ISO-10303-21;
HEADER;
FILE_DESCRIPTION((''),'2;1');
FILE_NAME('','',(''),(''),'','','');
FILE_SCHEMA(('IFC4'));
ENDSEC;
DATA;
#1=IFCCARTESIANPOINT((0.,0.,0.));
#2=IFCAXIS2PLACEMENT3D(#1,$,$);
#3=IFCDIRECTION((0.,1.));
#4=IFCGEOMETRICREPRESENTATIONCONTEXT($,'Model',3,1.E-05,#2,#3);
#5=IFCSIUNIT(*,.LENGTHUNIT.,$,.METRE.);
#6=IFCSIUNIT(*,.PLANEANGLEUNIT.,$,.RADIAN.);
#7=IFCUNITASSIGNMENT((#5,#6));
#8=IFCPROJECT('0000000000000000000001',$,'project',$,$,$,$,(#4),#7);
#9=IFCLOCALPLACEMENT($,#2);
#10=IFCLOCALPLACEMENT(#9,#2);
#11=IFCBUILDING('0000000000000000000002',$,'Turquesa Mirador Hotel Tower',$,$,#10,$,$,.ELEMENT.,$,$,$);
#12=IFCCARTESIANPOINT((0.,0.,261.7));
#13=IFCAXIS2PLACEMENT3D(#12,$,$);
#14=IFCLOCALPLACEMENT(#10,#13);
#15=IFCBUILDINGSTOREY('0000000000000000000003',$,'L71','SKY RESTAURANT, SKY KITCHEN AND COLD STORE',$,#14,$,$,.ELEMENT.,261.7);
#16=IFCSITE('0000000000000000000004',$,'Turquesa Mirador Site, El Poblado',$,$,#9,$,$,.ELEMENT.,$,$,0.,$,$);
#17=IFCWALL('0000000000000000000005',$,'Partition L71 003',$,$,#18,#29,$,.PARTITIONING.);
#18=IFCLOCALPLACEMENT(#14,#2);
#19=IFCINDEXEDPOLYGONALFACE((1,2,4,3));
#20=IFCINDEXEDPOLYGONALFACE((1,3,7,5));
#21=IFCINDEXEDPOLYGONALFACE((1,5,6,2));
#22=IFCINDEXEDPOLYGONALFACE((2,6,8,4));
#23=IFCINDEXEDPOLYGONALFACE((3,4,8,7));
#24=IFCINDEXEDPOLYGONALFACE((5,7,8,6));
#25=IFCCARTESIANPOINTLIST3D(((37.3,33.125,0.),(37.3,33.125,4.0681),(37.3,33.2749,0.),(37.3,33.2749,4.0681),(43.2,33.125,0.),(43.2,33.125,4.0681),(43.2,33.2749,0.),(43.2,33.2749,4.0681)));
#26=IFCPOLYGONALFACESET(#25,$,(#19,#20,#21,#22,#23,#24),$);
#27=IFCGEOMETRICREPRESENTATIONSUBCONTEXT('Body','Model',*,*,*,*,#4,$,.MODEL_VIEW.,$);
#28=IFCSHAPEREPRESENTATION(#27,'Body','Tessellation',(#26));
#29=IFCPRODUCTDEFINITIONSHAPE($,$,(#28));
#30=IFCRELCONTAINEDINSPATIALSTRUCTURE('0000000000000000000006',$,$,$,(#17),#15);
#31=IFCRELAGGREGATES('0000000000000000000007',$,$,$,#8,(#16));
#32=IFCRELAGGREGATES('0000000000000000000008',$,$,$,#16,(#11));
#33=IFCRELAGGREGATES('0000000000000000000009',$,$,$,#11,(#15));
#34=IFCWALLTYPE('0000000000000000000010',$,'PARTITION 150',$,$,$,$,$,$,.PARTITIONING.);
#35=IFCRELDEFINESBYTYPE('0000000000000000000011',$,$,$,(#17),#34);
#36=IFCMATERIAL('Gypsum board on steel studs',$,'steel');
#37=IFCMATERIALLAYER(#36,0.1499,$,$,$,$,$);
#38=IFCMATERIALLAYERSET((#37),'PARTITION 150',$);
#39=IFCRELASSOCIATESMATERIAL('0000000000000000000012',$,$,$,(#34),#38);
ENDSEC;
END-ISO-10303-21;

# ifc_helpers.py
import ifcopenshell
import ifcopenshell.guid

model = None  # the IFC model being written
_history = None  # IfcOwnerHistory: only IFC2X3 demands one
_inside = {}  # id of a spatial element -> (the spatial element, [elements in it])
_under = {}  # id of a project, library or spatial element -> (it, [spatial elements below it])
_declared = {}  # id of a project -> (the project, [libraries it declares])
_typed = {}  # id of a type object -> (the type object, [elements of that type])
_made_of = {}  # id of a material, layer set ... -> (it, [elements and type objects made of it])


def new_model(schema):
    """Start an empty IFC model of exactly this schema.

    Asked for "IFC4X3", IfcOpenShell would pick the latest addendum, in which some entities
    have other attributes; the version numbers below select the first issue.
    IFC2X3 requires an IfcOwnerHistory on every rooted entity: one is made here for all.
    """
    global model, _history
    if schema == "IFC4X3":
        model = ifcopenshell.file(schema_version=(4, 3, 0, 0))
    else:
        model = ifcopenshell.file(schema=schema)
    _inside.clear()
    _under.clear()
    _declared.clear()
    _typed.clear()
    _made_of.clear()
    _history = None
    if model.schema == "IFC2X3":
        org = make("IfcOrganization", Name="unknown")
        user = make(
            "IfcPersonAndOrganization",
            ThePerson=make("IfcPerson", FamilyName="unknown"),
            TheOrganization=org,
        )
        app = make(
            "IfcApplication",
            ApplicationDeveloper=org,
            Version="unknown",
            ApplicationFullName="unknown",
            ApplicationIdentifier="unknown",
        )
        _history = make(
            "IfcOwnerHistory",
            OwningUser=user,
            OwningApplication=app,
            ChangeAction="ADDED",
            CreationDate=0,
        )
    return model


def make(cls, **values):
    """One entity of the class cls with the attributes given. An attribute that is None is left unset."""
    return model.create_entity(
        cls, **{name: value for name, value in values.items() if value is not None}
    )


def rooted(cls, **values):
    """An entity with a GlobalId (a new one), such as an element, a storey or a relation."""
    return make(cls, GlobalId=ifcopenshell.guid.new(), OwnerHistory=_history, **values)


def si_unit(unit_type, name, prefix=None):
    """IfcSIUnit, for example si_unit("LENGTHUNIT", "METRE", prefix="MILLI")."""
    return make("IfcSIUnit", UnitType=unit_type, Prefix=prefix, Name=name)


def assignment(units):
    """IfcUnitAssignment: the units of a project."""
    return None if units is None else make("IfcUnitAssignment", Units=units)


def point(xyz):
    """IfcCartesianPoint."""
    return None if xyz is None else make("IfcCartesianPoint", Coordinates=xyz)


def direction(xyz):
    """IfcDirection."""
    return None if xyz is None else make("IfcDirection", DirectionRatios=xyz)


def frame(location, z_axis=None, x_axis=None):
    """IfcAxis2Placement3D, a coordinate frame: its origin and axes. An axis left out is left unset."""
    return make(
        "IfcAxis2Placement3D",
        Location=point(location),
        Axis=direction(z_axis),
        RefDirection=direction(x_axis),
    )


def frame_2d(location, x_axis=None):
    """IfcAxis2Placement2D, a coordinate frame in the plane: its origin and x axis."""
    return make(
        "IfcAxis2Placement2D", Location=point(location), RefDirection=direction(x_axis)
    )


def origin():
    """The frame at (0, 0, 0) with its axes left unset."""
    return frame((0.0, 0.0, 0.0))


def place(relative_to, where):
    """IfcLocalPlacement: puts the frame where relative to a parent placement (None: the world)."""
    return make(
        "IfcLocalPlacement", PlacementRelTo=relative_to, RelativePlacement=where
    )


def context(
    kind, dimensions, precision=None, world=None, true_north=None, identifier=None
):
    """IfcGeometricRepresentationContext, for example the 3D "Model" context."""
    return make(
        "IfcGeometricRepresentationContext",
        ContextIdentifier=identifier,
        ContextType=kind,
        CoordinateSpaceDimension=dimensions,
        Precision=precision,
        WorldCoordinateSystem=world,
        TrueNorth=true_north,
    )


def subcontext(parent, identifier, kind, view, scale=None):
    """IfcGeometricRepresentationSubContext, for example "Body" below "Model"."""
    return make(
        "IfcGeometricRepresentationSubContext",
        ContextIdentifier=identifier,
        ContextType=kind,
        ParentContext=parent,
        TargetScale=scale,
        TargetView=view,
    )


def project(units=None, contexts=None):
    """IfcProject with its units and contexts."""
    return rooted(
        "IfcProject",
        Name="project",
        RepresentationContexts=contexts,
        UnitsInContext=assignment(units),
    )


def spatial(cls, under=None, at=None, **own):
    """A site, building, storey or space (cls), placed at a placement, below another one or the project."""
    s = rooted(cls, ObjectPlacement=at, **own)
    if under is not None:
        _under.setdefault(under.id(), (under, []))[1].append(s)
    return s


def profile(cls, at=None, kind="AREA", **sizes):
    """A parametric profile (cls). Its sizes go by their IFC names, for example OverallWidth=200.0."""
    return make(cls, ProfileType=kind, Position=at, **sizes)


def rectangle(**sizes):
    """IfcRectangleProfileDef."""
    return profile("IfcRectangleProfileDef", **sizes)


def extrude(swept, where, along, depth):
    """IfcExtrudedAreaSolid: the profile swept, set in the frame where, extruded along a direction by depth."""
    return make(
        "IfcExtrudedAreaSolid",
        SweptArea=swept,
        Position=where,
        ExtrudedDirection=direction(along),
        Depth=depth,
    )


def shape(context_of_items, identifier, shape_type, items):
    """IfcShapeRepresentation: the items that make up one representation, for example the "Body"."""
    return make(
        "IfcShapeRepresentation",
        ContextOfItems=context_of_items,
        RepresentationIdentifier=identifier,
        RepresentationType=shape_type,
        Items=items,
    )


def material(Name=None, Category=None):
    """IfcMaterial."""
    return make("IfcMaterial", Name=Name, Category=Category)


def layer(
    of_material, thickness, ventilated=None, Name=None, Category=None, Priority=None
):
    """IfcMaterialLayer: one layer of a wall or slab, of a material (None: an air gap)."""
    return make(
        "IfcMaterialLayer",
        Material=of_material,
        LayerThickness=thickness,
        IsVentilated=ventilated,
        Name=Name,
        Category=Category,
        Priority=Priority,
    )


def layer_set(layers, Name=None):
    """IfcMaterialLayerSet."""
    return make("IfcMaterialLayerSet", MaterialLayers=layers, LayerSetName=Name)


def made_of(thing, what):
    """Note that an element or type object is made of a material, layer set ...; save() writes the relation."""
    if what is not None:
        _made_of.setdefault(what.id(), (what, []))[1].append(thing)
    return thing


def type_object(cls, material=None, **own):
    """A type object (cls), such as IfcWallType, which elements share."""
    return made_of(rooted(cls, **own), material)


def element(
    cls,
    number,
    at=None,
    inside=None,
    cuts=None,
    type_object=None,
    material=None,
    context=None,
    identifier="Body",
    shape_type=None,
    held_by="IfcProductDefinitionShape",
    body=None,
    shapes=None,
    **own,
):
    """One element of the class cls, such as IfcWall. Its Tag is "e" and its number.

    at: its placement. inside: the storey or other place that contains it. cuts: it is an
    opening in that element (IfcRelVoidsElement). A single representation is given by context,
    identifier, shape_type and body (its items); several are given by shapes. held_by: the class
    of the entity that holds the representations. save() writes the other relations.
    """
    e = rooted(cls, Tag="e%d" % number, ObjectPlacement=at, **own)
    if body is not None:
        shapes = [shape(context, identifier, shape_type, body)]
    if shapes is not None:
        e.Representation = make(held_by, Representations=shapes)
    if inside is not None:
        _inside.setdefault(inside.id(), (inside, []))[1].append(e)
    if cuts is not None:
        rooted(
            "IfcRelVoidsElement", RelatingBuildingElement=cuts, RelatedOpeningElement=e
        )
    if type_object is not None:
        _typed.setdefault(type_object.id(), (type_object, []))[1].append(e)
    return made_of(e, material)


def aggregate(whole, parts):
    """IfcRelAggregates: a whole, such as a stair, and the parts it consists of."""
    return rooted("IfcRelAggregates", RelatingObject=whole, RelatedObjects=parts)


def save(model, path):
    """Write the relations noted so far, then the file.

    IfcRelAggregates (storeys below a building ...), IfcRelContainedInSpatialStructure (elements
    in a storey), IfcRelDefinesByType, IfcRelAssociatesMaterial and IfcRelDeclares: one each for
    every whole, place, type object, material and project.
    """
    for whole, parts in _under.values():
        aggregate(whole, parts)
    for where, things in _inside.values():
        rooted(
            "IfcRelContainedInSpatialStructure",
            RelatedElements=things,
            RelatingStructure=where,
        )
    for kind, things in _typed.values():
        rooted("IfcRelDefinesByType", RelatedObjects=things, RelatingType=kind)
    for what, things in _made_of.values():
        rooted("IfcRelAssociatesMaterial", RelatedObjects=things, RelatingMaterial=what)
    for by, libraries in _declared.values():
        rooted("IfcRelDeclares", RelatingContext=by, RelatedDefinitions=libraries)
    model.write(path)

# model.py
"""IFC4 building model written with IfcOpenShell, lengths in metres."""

from ifc_helpers import new_model, si_unit, direction, frame, frame_2d, origin, place, context, subcontext, project, spatial, rectangle, extrude, material, layer, layer_set, type_object, element, save


model = new_model("IFC4")

# Units and contexts
model_context = context("Model", 3, precision=1e-05, world=origin(), true_north=direction((0.0, 1.0)))
body_context = subcontext(model_context, "Body", "Model", "MODEL_VIEW")
ifc_project = project(units=[si_unit("LENGTHUNIT", "METRE"), si_unit("PLANEANGLEUNIT", "RADIAN")], contexts=[model_context])

# Site, building, storey
site_placement = place(None, origin())
site = spatial("IfcSite", under=ifc_project, at=site_placement, Name="Turquesa Mirador Site, El Poblado", CompositionType="ELEMENT", RefElevation=0.0)
building_placement = place(site_placement, origin())
building = spatial("IfcBuilding", under=site, at=building_placement, Name="Turquesa Mirador Hotel Tower", CompositionType="ELEMENT")
storey_placement = place(building_placement, frame((0.0, 0.0, 261.7)))
storey = spatial("IfcBuildingStorey", under=building, at=storey_placement, Name="L71", Description="SKY RESTAURANT, SKY KITCHEN AND COLD STORE", CompositionType="ELEMENT", Elevation=261.7)

# Wall
ifc_material_1 = material(Name="Gypsum board on steel studs", Category="steel")
ifc_layer_1 = layer(ifc_material_1, 0.1499)
ifc_layer_set_1 = layer_set([ifc_layer_1], Name="PARTITION 150")
wall_type_1 = type_object("IfcWallType", Name="PARTITION 150", PredefinedType="PARTITIONING", material=ifc_layer_set_1)
wall_1_placement = place(storey_placement, frame((37.3, 33.2, 0.0), z_axis=(0.0, 0.0, 1.0), x_axis=(1.0, 0.0, 0.0)))
element("IfcWall", 1, at=wall_1_placement, inside=storey, type_object=wall_type_1, Name="Partition L71 003", PredefinedType="PARTITIONING", context=body_context, shape_type="SweptSolid", body=[
    extrude(rectangle(XDim=5.8999, YDim=0.1499, at=frame_2d((2.95, 0.0))), origin(), (0.0, 0.0, 1.0), 4.0681),
])

save(model, "model.ifc")
